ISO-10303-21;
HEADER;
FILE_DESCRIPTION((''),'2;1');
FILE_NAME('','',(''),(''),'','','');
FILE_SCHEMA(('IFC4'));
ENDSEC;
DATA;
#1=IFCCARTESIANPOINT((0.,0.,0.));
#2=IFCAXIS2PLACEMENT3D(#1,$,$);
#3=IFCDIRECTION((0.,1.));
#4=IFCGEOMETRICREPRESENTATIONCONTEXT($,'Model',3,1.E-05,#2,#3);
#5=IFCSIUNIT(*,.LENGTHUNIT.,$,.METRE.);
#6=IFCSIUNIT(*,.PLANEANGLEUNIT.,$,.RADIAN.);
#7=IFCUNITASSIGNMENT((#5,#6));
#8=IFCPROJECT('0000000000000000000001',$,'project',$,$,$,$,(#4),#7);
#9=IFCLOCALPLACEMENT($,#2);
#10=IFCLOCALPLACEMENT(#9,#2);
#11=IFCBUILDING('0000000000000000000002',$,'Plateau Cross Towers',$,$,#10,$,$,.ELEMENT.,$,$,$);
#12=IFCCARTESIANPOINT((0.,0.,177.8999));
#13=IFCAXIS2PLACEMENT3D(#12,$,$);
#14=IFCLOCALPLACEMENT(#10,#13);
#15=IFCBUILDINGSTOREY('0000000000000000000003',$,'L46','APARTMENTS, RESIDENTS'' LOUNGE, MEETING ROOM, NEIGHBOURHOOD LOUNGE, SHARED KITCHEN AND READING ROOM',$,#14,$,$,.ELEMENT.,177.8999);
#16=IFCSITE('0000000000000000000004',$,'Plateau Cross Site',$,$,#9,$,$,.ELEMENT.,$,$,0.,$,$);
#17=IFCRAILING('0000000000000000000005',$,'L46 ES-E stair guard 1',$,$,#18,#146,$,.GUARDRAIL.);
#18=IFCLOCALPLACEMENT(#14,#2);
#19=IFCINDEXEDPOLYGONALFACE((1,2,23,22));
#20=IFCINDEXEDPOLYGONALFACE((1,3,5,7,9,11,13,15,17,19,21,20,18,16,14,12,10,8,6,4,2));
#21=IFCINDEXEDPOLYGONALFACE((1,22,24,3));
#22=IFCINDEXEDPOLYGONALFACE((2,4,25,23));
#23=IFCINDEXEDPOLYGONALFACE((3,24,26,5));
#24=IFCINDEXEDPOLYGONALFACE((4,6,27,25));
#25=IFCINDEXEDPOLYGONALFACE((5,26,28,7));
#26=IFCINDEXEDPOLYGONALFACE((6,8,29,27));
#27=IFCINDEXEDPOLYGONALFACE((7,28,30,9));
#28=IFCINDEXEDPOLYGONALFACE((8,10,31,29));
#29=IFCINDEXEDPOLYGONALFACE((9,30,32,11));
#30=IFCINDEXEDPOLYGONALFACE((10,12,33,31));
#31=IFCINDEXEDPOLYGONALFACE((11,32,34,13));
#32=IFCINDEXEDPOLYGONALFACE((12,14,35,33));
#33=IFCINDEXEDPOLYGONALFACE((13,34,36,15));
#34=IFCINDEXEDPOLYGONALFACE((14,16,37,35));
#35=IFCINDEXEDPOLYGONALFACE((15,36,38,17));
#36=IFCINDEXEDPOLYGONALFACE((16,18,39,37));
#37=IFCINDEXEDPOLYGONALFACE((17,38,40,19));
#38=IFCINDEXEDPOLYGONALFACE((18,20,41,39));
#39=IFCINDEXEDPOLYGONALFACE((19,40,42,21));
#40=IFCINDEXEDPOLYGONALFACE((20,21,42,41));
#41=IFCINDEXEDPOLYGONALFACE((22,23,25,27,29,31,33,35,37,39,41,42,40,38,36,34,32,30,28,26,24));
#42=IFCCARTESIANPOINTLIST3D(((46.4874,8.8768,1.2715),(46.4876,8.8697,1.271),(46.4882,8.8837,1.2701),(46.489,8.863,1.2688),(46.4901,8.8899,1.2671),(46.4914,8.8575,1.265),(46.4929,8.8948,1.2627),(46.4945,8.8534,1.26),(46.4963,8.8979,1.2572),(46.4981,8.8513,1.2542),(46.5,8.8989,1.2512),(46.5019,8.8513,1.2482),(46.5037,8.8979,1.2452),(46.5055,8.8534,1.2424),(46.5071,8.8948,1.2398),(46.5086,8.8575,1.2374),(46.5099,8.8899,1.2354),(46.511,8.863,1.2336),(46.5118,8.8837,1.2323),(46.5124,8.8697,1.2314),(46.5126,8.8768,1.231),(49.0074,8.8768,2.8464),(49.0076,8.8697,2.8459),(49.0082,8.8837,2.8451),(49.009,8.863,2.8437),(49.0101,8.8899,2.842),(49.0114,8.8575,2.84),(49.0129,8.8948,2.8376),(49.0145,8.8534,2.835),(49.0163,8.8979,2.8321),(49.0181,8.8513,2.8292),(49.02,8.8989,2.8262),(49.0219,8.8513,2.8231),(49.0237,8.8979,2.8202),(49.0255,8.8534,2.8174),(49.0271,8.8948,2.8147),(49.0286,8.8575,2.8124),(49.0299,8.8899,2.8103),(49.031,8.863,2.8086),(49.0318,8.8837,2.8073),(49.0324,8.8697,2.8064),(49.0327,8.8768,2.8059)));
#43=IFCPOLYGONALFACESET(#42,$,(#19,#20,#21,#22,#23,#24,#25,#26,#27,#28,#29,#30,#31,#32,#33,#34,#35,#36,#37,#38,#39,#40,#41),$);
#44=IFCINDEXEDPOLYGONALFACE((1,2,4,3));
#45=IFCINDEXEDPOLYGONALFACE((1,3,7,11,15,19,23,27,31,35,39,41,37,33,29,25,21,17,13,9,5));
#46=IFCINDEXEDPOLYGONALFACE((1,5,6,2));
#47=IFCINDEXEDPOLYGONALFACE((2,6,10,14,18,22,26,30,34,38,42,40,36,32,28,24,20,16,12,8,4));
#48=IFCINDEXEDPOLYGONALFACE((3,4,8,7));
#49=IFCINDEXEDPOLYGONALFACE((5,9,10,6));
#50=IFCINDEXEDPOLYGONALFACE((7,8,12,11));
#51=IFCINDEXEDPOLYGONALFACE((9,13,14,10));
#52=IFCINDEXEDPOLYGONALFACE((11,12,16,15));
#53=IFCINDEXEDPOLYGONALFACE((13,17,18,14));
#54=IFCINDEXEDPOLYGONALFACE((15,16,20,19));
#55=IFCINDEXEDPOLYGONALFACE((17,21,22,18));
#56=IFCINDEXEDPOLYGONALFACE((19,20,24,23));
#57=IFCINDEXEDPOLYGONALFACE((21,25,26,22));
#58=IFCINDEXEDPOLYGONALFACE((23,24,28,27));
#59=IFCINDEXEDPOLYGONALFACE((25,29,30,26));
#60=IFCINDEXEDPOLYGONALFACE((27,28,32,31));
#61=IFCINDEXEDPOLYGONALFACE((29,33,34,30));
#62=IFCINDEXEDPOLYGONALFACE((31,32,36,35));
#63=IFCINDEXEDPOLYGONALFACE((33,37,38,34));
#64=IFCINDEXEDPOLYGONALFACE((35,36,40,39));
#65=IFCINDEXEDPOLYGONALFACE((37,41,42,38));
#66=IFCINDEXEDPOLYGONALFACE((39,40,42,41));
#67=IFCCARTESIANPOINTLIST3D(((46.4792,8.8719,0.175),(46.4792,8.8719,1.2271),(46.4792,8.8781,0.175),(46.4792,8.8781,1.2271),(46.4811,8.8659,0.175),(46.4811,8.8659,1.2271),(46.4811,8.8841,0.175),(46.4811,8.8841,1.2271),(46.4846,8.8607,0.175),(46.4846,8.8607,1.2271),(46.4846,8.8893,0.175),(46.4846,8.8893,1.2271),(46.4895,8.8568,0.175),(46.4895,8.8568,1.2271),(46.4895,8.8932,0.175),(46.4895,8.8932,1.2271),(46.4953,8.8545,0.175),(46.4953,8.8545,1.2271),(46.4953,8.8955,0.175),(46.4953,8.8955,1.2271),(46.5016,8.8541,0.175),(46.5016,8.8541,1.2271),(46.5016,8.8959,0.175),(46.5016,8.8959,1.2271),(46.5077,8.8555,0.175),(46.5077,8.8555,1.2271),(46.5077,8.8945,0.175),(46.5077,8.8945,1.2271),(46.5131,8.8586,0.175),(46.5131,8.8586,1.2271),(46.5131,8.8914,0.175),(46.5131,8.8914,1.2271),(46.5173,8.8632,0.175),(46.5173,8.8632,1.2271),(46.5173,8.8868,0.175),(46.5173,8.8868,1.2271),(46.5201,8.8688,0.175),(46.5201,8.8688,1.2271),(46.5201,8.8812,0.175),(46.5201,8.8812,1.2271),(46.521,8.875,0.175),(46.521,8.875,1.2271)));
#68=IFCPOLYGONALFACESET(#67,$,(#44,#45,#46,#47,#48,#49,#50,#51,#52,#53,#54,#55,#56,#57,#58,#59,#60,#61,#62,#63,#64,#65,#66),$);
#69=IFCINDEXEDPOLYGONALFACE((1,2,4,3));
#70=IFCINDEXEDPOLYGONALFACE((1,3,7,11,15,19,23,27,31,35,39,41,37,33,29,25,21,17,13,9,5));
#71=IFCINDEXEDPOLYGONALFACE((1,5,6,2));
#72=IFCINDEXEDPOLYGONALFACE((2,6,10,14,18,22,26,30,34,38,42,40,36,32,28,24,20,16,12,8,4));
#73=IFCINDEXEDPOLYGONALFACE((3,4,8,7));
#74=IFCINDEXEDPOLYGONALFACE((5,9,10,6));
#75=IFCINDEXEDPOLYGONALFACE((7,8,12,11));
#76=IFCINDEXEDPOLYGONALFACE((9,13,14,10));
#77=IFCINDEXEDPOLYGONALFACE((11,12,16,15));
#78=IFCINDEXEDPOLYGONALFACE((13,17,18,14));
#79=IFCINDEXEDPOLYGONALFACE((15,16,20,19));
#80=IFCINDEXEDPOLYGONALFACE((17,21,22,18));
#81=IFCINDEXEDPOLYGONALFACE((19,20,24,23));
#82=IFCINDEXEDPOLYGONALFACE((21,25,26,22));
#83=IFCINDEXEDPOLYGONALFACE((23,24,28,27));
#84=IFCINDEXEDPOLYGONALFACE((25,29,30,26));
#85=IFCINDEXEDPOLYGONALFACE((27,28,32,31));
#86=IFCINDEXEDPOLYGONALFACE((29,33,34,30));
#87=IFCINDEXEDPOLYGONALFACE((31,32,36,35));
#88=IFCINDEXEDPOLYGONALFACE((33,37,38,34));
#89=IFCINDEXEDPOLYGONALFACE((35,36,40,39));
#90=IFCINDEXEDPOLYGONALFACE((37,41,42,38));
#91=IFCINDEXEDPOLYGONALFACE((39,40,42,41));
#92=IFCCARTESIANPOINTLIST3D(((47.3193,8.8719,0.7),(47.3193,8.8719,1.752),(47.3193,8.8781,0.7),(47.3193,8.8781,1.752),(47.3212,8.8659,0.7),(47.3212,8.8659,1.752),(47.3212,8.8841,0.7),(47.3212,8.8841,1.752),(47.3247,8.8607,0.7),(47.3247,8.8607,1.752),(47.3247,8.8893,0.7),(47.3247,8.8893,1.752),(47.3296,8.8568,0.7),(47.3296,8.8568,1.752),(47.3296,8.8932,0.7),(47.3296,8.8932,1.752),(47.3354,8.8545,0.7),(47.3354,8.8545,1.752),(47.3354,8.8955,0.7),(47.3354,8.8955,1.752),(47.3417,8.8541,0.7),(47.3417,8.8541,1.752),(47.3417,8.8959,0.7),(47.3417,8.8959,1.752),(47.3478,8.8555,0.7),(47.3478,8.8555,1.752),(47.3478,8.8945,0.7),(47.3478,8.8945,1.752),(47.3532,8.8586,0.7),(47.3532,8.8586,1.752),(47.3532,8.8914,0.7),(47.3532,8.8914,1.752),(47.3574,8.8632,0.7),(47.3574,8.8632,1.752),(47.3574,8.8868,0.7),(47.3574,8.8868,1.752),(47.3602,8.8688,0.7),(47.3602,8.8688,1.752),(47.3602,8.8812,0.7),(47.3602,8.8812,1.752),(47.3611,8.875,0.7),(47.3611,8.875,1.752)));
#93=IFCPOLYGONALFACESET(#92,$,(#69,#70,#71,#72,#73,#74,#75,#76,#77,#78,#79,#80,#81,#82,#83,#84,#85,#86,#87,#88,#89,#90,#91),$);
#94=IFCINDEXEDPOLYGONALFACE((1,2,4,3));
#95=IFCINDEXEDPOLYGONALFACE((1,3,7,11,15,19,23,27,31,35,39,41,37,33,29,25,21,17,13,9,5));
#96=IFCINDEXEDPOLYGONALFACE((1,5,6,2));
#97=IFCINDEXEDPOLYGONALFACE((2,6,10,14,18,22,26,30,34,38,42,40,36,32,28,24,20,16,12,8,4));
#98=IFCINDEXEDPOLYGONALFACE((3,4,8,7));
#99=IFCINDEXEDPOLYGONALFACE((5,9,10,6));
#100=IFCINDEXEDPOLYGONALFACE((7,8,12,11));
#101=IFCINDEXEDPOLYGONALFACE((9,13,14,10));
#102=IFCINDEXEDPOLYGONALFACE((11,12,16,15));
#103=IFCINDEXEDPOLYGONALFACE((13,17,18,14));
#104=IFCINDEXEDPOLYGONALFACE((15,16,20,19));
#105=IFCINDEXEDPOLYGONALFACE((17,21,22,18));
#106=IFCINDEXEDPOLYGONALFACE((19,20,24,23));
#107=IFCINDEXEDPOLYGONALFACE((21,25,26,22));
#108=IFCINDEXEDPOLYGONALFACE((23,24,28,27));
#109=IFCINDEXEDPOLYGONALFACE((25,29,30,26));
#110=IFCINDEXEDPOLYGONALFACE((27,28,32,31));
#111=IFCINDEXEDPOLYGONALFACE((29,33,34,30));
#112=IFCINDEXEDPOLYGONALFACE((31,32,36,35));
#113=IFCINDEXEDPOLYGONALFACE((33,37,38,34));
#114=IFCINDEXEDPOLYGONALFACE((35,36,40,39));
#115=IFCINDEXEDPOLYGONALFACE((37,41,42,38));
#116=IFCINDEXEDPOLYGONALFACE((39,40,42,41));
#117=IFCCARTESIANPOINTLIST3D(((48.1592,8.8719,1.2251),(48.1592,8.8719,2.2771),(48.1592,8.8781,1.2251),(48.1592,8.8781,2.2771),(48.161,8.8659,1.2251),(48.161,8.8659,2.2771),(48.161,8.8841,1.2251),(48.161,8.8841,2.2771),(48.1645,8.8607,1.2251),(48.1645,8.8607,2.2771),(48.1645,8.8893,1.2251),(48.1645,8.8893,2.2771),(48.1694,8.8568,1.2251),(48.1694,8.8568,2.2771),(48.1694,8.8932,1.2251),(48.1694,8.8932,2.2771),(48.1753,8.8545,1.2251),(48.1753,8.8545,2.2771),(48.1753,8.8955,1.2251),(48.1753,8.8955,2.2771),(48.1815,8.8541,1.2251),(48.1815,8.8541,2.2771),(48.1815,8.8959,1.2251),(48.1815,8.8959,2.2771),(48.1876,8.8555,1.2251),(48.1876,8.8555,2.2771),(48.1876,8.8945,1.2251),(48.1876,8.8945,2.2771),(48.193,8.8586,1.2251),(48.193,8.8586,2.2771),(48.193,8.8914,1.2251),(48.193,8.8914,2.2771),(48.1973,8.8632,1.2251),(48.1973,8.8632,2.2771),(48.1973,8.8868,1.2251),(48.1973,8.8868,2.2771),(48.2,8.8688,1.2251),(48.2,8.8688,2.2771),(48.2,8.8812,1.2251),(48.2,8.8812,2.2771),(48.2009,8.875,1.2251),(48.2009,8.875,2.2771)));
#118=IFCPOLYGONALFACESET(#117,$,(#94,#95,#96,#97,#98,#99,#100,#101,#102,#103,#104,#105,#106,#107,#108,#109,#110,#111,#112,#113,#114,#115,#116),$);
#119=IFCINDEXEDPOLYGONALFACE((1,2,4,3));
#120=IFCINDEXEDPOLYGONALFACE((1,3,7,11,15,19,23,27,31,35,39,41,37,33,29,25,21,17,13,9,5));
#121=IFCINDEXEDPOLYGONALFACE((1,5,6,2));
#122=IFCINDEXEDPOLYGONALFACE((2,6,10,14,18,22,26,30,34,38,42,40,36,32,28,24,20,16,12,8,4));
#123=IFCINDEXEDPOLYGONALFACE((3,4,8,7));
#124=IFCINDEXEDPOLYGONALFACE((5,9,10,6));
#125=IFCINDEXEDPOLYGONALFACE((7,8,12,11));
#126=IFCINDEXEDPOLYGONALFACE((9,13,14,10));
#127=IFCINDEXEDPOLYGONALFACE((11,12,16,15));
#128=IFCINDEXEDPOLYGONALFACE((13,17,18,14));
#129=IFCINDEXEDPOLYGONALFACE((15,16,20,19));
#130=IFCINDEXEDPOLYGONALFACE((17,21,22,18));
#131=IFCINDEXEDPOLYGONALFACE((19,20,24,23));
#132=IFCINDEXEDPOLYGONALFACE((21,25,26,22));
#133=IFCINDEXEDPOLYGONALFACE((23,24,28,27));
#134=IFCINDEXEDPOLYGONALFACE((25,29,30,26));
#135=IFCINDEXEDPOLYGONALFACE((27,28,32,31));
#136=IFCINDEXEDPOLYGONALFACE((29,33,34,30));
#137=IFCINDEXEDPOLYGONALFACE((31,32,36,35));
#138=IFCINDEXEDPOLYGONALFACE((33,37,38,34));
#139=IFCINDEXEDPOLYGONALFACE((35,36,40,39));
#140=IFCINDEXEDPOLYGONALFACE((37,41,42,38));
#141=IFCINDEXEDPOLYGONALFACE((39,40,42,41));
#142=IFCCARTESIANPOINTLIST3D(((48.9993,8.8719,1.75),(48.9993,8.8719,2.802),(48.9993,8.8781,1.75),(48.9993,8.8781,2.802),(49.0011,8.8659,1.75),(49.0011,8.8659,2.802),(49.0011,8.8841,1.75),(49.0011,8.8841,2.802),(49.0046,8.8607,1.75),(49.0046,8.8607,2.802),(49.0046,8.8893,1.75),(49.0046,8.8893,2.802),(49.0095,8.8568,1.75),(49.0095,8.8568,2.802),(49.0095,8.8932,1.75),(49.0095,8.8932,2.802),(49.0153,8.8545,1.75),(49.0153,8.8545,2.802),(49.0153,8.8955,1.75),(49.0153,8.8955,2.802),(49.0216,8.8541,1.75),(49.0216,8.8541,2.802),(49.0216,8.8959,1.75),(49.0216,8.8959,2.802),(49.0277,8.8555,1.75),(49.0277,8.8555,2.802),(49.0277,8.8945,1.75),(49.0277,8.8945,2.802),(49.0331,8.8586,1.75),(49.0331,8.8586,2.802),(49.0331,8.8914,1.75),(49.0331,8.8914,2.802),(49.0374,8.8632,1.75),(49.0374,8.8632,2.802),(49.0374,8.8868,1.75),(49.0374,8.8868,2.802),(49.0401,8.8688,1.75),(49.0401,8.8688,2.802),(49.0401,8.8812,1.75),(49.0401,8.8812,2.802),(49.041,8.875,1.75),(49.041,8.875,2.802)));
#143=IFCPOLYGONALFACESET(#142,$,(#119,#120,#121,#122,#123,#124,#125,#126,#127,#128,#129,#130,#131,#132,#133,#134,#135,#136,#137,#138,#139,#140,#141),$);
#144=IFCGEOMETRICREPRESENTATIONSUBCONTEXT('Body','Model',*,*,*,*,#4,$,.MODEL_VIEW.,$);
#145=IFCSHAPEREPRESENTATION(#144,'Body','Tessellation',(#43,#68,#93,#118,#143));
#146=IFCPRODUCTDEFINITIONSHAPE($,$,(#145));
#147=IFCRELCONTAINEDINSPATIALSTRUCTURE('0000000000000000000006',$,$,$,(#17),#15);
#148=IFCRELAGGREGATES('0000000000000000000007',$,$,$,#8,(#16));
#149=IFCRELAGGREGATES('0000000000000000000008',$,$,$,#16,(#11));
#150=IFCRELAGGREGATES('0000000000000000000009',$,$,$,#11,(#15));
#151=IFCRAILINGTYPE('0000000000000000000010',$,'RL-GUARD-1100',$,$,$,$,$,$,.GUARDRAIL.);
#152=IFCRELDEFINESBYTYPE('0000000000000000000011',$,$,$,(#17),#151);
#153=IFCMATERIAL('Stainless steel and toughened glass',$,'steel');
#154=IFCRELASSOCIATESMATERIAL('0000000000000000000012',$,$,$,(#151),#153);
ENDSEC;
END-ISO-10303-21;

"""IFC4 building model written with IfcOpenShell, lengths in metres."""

from ifc_helpers import new_model, si_unit, direction, frame, origin, origin_2d, place, context, subcontext, project, spatial, circle, extrude, material, type_object, element, save


model = new_model("IFC4")

# Units and contexts
model_context = context("Model", 3, precision=1e-05, world=origin(), true_north=direction((0.0, 1.0)))
body_context = subcontext(model_context, "Body", "Model", "MODEL_VIEW")
ifc_project = project(units=[si_unit("LENGTHUNIT", "METRE"), si_unit("PLANEANGLEUNIT", "RADIAN")], contexts=[model_context])

# Site, building, storey
site_placement = place(None, origin())
site = spatial("IfcSite", under=ifc_project, at=site_placement, Name="Plateau Cross Site", CompositionType="ELEMENT", RefElevation=0.0)
building_placement = place(site_placement, origin())
building = spatial("IfcBuilding", under=site, at=building_placement, Name="Plateau Cross Towers", CompositionType="ELEMENT")
storey_placement = place(building_placement, frame((0.0, 0.0, 177.8999)))
storey = spatial("IfcBuildingStorey", under=building, at=storey_placement, Name="L46", Description="APARTMENTS, RESIDENTS' LOUNGE, MEETING ROOM, NEIGHBOURHOOD LOUNGE, SHARED KITCHEN AND READING ROOM", CompositionType="ELEMENT", Elevation=177.8999)

# Railing
ifc_material_1 = material(Name="Stainless steel and toughened glass", Category="steel")
railing_type_1 = type_object("IfcRailingType", Name="RL-GUARD-1100", PredefinedType="GUARDRAIL", material=ifc_material_1)
railing_1_placement = place(storey_placement, frame((46.5, 8.875, 0.175)))
element("IfcRailing", 1, at=railing_1_placement, inside=storey, type_object=railing_type_1, Name="L46 ES-E stair guard 1", PredefinedType="GUARDRAIL", context=body_context, shape_type="SweptSolid", body=[
    extrude(circle(Radius=0.0239, at=origin_2d()), frame((0.0, 0.0, 1.0762), z_axis=(0.848008, 0.0, 0.529984), x_axis=(0.0, 1.0, 0.0)), (0.0, 0.0, 1.0), 2.9717),
    extrude(circle(Radius=0.021, at=origin_2d()), origin(), (0.0, 0.0, 1.0), 1.052),
    extrude(circle(Radius=0.021, at=origin_2d()), frame((0.8401, 0.0, 0.5249)), (0.0, 0.0, 1.0), 1.052),
    extrude(circle(Radius=0.021, at=origin_2d()), frame((1.6799, 0.0, 1.05)), (0.0, 0.0, 1.0), 1.052),
    extrude(circle(Radius=0.021, at=origin_2d()), frame((2.52, 0.0, 1.575)), (0.0, 0.0, 1.0), 1.052),
])

save(model, "model.ifc")
